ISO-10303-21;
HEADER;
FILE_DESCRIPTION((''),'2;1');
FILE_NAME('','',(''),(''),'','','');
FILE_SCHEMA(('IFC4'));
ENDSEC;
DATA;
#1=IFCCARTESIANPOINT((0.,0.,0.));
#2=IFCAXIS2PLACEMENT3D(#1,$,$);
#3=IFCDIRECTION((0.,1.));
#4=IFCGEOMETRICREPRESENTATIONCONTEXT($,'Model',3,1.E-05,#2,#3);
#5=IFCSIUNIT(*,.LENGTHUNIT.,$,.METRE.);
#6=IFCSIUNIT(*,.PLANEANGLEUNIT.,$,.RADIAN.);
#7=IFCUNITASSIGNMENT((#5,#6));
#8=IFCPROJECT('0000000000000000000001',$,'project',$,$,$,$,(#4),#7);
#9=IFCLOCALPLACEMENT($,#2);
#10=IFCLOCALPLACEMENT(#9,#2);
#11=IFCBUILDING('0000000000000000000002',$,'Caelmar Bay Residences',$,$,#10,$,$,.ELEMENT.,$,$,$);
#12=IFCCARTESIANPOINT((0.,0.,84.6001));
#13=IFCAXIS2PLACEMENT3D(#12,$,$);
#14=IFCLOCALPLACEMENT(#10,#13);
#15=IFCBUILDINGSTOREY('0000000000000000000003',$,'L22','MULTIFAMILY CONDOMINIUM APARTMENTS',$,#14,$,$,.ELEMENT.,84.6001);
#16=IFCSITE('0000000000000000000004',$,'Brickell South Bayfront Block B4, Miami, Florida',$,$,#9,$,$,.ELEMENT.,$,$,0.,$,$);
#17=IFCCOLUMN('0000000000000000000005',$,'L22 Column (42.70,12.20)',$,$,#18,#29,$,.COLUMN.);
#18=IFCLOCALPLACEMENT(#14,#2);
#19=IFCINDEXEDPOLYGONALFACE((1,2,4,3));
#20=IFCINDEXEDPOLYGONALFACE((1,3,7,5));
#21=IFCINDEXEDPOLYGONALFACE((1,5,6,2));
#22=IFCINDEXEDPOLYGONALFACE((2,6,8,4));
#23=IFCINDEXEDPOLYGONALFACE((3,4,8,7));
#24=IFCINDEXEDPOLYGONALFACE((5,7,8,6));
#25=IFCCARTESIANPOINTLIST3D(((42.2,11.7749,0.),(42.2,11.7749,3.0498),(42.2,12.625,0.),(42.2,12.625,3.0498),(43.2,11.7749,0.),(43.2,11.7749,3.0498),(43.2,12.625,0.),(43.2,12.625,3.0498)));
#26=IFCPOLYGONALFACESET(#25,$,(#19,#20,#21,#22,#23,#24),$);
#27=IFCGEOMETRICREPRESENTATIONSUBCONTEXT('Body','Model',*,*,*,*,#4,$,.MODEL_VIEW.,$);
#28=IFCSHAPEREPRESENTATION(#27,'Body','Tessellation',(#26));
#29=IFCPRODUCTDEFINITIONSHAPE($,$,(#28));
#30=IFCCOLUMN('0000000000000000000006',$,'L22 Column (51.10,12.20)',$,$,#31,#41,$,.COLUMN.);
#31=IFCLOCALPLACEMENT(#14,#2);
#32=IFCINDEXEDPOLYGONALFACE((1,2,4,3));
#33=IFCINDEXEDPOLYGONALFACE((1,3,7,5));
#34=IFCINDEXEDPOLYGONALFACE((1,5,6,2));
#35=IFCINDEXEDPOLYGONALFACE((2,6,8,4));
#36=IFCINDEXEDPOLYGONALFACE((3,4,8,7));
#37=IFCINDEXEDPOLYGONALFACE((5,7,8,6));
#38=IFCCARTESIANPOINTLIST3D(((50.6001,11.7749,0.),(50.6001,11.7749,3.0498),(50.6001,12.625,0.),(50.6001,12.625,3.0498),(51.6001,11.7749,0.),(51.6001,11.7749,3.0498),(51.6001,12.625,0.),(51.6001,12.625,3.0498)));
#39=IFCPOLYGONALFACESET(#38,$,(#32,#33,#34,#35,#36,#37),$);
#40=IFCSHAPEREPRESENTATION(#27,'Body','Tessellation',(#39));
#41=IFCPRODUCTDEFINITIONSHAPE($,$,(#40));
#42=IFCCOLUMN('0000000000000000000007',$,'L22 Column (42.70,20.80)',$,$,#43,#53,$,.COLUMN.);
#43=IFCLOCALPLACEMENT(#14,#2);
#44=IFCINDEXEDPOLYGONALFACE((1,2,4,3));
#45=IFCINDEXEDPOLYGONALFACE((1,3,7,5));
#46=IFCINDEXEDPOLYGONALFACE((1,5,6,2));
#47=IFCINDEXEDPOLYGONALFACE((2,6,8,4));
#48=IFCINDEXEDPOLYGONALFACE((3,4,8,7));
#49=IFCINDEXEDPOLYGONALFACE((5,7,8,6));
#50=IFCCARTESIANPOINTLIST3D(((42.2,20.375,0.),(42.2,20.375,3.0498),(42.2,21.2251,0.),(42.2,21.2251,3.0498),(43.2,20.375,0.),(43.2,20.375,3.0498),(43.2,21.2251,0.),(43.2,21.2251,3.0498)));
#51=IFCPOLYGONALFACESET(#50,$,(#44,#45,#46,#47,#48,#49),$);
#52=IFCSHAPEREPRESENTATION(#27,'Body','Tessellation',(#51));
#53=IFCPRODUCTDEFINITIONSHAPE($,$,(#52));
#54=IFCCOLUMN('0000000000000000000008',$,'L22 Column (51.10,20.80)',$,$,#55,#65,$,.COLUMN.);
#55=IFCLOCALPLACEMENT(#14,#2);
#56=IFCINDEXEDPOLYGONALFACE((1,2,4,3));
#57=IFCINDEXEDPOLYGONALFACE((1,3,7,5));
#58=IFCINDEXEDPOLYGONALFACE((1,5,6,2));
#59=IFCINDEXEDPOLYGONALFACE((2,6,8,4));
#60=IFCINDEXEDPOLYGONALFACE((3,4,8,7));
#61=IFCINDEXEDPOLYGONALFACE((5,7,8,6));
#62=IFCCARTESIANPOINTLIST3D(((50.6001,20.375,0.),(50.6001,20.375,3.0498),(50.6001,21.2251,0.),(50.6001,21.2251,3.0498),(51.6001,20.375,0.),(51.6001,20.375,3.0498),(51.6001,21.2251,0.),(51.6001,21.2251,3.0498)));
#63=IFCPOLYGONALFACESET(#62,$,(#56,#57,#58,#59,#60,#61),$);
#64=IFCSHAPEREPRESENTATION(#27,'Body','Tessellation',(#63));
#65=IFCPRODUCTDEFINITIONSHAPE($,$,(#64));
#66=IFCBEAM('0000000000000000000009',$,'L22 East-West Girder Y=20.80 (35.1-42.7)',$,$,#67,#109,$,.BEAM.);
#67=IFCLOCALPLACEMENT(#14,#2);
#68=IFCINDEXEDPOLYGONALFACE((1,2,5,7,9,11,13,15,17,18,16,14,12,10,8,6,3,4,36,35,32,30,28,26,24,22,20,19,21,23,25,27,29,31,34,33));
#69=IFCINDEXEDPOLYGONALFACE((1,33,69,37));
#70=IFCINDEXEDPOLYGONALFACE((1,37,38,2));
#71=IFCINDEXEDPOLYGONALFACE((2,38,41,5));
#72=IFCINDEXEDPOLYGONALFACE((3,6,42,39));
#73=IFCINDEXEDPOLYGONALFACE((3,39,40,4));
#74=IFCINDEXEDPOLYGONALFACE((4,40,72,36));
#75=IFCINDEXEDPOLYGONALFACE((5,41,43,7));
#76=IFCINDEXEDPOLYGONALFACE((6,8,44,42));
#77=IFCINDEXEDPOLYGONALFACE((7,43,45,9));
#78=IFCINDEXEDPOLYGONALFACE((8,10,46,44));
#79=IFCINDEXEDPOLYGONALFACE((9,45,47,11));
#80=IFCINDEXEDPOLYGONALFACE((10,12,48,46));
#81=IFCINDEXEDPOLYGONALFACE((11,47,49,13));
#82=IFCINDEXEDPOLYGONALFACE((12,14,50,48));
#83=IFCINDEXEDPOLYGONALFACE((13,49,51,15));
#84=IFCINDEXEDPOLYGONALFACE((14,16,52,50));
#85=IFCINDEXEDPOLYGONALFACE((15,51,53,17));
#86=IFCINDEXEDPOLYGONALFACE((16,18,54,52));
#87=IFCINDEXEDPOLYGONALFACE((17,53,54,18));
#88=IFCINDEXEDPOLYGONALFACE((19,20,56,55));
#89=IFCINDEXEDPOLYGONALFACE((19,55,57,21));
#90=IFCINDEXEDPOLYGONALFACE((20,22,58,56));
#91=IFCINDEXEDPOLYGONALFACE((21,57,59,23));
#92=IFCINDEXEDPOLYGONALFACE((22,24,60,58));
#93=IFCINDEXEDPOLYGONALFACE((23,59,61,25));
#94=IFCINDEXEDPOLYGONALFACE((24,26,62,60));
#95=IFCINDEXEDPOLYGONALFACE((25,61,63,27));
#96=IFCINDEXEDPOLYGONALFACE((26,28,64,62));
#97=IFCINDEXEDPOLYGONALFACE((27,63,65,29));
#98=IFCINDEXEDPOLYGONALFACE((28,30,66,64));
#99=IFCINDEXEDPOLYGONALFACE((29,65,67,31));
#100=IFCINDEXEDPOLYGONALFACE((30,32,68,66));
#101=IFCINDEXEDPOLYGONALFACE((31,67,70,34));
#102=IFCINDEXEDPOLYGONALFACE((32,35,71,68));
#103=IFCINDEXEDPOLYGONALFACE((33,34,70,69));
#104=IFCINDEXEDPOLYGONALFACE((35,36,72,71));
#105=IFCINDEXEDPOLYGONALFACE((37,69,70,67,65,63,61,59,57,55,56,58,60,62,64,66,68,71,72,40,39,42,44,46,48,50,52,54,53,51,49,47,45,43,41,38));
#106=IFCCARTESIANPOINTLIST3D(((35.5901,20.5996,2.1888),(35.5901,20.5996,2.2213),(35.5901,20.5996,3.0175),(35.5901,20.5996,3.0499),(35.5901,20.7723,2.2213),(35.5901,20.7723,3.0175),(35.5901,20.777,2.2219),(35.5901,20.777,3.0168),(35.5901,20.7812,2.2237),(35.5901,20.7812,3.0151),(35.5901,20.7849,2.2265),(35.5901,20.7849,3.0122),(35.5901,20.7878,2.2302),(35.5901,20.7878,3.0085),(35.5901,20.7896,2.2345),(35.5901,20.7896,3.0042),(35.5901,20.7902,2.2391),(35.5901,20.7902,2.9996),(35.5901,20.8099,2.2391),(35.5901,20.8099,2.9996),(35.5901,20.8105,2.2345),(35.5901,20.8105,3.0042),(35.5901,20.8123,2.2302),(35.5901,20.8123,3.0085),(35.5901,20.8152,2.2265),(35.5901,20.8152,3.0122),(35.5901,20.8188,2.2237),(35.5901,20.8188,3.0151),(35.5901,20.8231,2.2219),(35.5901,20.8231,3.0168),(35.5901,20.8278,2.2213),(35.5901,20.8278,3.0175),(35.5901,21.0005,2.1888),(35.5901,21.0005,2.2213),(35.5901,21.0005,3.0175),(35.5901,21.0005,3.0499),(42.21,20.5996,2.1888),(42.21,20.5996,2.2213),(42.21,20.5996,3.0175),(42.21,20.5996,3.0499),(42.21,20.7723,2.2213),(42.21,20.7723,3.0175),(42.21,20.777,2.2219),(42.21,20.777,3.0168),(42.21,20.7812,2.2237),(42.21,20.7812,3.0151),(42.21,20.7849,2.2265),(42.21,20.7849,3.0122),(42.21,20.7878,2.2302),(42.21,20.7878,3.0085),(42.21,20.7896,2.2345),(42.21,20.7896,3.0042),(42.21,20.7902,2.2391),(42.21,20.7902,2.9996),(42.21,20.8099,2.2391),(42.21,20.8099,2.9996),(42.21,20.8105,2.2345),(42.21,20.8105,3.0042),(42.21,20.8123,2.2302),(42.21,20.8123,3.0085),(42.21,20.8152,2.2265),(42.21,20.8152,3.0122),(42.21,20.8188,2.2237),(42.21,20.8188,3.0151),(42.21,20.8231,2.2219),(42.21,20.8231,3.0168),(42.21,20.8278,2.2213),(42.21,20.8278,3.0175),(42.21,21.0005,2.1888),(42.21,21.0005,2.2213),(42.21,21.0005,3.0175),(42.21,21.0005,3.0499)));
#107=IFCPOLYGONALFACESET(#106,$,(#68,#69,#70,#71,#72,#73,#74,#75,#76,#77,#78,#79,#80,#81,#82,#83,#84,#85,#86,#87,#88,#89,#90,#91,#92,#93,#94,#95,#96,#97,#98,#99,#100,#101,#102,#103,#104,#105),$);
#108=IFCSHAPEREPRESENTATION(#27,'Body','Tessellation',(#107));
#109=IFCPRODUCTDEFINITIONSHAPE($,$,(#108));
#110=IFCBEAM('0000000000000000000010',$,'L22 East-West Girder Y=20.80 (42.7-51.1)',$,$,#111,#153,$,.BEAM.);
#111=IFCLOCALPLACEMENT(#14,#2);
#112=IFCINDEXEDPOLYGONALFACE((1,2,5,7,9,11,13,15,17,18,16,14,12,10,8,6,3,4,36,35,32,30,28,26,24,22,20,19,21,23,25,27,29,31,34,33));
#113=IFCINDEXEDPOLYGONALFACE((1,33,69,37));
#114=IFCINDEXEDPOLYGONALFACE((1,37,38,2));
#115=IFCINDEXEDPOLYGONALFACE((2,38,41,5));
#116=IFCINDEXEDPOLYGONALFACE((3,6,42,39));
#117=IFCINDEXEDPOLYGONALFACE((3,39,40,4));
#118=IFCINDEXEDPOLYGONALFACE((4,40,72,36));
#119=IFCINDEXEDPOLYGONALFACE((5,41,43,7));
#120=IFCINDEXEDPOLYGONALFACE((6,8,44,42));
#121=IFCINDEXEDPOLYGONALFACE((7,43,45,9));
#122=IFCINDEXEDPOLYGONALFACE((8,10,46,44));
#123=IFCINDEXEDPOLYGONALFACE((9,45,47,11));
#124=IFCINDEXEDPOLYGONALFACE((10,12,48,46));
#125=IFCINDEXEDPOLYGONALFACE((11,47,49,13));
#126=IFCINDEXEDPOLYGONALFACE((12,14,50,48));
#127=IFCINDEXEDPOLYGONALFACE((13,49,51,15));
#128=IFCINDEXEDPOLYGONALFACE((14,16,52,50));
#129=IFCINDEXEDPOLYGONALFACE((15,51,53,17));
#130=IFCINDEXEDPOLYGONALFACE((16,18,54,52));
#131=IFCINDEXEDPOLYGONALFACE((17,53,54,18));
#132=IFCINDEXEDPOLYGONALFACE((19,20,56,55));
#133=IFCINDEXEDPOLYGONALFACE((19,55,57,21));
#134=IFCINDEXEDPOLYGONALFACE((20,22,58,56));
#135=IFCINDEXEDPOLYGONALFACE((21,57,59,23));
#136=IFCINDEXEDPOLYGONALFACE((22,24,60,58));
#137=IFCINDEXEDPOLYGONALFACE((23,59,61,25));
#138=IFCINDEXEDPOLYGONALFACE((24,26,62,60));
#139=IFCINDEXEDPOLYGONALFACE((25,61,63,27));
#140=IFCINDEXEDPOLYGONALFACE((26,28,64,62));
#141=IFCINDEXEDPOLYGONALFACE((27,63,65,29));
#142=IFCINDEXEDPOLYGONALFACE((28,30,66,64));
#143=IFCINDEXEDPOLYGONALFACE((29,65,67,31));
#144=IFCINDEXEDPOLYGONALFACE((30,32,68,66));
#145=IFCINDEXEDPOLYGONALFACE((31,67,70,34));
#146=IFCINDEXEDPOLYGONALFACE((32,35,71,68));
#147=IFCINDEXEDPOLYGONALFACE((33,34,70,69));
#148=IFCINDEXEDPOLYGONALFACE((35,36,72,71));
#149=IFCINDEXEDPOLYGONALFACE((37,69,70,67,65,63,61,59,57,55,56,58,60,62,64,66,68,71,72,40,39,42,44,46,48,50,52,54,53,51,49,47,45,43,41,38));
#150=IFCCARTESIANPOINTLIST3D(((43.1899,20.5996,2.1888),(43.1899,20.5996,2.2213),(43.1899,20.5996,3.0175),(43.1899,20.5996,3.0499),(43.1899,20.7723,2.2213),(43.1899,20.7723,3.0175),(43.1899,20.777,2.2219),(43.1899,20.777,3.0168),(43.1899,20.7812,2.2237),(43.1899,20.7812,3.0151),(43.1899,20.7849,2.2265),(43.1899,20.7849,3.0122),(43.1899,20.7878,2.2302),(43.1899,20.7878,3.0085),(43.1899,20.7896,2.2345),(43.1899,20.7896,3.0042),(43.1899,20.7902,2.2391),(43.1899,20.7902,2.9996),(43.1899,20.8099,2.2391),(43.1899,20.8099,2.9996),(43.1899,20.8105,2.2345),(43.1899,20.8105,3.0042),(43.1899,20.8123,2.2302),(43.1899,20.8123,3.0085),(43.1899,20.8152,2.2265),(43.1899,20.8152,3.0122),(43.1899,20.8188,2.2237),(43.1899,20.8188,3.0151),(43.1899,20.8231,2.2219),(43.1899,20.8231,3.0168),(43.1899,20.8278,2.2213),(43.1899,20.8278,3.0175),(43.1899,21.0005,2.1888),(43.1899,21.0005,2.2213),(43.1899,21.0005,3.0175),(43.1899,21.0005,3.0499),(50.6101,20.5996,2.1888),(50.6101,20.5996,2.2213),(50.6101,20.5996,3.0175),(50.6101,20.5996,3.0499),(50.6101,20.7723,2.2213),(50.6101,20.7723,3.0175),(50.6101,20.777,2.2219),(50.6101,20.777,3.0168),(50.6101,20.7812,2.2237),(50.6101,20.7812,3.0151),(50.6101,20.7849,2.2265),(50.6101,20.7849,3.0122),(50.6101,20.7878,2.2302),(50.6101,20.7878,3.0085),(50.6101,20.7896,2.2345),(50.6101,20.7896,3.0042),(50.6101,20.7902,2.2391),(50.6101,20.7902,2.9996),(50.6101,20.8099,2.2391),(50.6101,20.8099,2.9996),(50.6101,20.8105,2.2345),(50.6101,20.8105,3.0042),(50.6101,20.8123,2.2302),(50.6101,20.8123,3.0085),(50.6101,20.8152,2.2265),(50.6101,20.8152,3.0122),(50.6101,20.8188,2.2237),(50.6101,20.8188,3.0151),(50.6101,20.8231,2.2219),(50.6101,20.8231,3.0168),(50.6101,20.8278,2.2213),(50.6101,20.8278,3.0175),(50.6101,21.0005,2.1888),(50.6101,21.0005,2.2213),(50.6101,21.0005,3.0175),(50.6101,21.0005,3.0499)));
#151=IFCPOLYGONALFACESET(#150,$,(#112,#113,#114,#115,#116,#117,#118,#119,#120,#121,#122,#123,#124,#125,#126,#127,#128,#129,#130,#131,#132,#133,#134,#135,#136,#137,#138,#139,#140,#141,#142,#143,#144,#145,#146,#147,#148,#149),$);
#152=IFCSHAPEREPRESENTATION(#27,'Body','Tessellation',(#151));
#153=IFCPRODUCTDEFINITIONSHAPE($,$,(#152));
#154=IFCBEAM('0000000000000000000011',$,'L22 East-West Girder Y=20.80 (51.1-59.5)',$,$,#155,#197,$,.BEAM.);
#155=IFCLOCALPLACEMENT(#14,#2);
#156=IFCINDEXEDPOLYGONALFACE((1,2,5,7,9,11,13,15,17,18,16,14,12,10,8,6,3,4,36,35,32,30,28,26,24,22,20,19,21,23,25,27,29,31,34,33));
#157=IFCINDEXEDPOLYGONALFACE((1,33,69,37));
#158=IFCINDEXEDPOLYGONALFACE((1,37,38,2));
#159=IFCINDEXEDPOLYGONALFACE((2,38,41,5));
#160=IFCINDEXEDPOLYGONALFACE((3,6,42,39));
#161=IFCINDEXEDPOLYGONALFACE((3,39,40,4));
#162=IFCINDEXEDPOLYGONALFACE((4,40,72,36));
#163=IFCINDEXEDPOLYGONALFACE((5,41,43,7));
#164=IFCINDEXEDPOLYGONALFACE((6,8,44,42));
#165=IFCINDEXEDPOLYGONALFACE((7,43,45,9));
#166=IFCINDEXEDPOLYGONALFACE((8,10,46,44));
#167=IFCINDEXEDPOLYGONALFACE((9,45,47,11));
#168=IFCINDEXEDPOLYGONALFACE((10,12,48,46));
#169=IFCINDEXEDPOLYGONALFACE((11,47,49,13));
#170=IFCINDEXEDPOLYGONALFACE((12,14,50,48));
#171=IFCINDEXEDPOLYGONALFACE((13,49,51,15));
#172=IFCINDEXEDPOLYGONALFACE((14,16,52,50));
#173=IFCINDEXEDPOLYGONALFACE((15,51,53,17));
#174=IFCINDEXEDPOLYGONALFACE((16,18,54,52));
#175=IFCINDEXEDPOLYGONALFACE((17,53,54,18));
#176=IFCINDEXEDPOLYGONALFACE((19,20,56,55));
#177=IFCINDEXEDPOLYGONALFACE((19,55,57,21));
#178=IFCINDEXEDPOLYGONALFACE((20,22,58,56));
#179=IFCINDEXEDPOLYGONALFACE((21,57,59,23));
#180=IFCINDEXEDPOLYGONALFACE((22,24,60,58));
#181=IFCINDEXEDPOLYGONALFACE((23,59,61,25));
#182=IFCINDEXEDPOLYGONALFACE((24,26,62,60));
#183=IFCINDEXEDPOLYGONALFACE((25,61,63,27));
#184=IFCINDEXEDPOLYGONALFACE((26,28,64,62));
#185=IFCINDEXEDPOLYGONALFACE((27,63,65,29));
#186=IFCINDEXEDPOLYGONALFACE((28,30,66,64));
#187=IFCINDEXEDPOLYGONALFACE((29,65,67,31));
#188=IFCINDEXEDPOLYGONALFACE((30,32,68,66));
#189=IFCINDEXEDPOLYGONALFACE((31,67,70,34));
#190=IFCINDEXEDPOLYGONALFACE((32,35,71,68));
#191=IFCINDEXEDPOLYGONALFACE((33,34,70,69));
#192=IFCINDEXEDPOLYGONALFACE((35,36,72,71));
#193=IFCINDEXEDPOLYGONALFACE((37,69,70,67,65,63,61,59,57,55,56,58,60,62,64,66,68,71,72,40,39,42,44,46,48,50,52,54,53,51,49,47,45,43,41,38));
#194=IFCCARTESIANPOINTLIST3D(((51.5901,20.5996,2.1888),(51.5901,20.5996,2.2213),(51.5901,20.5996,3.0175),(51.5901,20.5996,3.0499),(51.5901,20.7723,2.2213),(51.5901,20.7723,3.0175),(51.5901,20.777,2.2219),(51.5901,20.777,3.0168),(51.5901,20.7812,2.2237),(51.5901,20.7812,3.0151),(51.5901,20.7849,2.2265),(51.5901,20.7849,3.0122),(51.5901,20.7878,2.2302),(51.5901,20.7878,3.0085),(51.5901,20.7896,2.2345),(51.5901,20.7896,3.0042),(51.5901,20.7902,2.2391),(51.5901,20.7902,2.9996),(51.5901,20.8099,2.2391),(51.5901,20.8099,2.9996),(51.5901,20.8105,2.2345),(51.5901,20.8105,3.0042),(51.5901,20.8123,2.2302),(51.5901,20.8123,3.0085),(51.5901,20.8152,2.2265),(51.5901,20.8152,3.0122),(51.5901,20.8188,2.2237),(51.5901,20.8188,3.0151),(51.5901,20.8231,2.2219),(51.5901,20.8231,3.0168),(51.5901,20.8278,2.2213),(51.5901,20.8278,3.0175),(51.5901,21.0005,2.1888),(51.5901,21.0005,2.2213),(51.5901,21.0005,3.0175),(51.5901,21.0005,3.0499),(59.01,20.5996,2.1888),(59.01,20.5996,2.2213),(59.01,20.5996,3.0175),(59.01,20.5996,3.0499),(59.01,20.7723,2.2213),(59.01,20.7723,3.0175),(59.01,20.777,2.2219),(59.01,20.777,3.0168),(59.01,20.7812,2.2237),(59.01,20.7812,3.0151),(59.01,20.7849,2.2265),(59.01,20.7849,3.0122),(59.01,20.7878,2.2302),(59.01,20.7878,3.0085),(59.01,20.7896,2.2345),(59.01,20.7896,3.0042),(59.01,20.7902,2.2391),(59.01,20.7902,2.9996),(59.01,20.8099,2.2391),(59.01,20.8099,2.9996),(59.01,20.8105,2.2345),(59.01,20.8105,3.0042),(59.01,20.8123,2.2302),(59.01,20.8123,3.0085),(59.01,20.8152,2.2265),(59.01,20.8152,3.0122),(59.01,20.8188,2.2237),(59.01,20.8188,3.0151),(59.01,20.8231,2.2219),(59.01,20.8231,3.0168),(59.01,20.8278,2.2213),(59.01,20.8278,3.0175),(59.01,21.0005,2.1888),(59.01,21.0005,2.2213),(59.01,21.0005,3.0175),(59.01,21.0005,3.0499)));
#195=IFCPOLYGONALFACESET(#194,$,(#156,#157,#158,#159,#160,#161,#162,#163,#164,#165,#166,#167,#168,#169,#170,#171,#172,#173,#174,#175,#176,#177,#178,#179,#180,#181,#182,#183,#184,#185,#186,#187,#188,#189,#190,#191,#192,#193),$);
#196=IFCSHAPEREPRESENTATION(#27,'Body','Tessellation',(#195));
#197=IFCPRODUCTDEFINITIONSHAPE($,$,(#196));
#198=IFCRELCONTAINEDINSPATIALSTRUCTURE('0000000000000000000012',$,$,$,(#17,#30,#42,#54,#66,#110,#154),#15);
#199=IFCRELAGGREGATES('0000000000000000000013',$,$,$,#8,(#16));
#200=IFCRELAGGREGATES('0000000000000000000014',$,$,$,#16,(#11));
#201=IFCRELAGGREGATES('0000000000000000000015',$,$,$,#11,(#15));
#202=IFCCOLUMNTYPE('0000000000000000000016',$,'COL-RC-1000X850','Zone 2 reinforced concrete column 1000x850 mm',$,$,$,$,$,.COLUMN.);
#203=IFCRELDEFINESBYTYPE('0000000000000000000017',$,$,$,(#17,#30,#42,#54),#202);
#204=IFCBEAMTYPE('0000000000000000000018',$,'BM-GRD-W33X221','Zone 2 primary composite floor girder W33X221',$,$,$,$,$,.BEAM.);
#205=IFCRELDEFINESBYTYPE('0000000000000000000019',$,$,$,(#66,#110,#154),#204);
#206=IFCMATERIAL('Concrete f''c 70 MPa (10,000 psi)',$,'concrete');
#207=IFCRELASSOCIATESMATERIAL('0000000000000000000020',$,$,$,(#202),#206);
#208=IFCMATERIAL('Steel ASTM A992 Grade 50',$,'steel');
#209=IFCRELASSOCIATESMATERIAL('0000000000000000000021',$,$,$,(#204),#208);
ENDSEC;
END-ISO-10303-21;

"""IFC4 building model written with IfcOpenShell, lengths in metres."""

from ifc_helpers import new_model, si_unit, direction, frame, origin, origin_2d, place, context, subcontext, project, spatial, rectangle, i_section, extrude, material, material_profile, profile_set, type_object, element, save


model = new_model("IFC4")

# Units and contexts
model_context = context("Model", 3, precision=1e-05, world=origin(), true_north=direction((0.0, 1.0)))
body_context = subcontext(model_context, "Body", "Model", "MODEL_VIEW")
ifc_project = project(units=[si_unit("LENGTHUNIT", "METRE"), si_unit("PLANEANGLEUNIT", "RADIAN")], contexts=[model_context])

# Site, building, storey
site_placement = place(None, origin())
site = spatial("IfcSite", under=ifc_project, at=site_placement, Name="Brickell South Bayfront Block B4, Miami, Florida", CompositionType="ELEMENT", RefElevation=0.0)
building_placement = place(site_placement, origin())
building = spatial("IfcBuilding", under=site, at=building_placement, Name="Caelmar Bay Residences", CompositionType="ELEMENT")
storey_placement = place(building_placement, frame((0.0, 0.0, 84.6001)))
storey = spatial("IfcBuildingStorey", under=building, at=storey_placement, Name="L22", Description="MULTIFAMILY CONDOMINIUM APARTMENTS", CompositionType="ELEMENT", Elevation=84.6001)

# Columns
ifc_material_1 = material(Name="Concrete f'c 70 MPa (10,000 psi)", Category="concrete")
ifc_material_profile_1 = material_profile(ifc_material_1, rectangle(XDim=1.0, YDim=0.8501, at=origin_2d()), Name="RC-COL-1000X850")
ifc_profile_set_1 = profile_set([ifc_material_profile_1], Name="Concrete f'c 70 MPa (10,000 psi)")
column_type = type_object("IfcColumnType", Name="COL-RC-1000X850", Description="Zone 2 reinforced concrete column 1000x850 mm", PredefinedType="COLUMN", material=ifc_profile_set_1)
for number, where, z_axis, x_axis, name in (
    (1, (42.7, 12.2, 0.0), (0.0, 0.0, 1.0), (1.0, 0.0, 0.0), "L22 Column (42.70,12.20)"),
    (2, (51.1001, 12.2, 0.0), (0.0, 0.0, 1.0), (1.0, 0.0, 0.0), "L22 Column (51.10,12.20)"),
    (3, (42.7, 20.8, 0.0), (0.0, 0.0, 1.0), (1.0, 0.0, 0.0), "L22 Column (42.70,20.80)"),
    (4, (51.1001, 20.8, 0.0), (0.0, 0.0, 1.0), (1.0, 0.0, 0.0), "L22 Column (51.10,20.80)"),
):
    element("IfcColumn", number, at=place(storey_placement, frame(where, z_axis=z_axis, x_axis=x_axis)), inside=storey, type_object=column_type, Name=name, PredefinedType="COLUMN", context=body_context, shape_type="SweptSolid", body=[
        extrude(rectangle(XDim=1.0, YDim=0.8501, at=origin_2d()), origin(), (0.0, 0.0, 1.0), 3.0498),
    ])

# Beams
ifc_material_2 = material(Name="Steel ASTM A992 Grade 50", Category="steel")
ifc_material_profile_2 = material_profile(ifc_material_2, i_section(OverallWidth=0.4009, OverallDepth=0.8611, WebThickness=0.0198, FlangeThickness=0.0325, FilletRadius=0.0178, at=origin_2d()), Name="W33X221")
ifc_profile_set_2 = profile_set([ifc_material_profile_2], Name="Steel ASTM A992 Grade 50")
beam_type_1 = type_object("IfcBeamType", Name="BM-GRD-W33X221", Description="Zone 2 primary composite floor girder W33X221", PredefinedType="BEAM", material=ifc_profile_set_2)
beam_1_placement = place(storey_placement, frame((35.5901, 20.8, 2.6194), z_axis=(1.0, 0.0, 0.0), x_axis=(0.0, 1.0, 0.0)))
element("IfcBeam", 5, at=beam_1_placement, inside=storey, type_object=beam_type_1, Name="L22 East-West Girder Y=20.80 (35.1-42.7)", PredefinedType="BEAM", context=body_context, shape_type="SweptSolid", body=[
    extrude(i_section(OverallWidth=0.4009, OverallDepth=0.8611, WebThickness=0.0198, FlangeThickness=0.0325, FilletRadius=0.0178, at=origin_2d()), origin(), (0.0, 0.0, 1.0), 6.6199),
])
beam_2_placement = place(storey_placement, frame((43.1899, 20.8, 2.6194), z_axis=(1.0, 0.0, 0.0), x_axis=(0.0, 1.0, 0.0)))
element("IfcBeam", 6, at=beam_2_placement, inside=storey, type_object=beam_type_1, Name="L22 East-West Girder Y=20.80 (42.7-51.1)", PredefinedType="BEAM", context=body_context, shape_type="SweptSolid", body=[
    extrude(i_section(OverallWidth=0.4009, OverallDepth=0.8611, WebThickness=0.0198, FlangeThickness=0.0325, FilletRadius=0.0178, at=origin_2d()), origin(), (0.0, 0.0, 1.0), 7.4202),
])
beam_3_placement = place(storey_placement, frame((51.5901, 20.8, 2.6194), z_axis=(1.0, 0.0, 0.0), x_axis=(0.0, 1.0, 0.0)))
element("IfcBeam", 7, at=beam_3_placement, inside=storey, type_object=beam_type_1, Name="L22 East-West Girder Y=20.80 (51.1-59.5)", PredefinedType="BEAM", context=body_context, shape_type="SweptSolid", body=[
    extrude(i_section(OverallWidth=0.4009, OverallDepth=0.8611, WebThickness=0.0198, FlangeThickness=0.0325, FilletRadius=0.0178, at=origin_2d()), origin(), (0.0, 0.0, 1.0), 7.4199),
])

save(model, "model.ifc")
